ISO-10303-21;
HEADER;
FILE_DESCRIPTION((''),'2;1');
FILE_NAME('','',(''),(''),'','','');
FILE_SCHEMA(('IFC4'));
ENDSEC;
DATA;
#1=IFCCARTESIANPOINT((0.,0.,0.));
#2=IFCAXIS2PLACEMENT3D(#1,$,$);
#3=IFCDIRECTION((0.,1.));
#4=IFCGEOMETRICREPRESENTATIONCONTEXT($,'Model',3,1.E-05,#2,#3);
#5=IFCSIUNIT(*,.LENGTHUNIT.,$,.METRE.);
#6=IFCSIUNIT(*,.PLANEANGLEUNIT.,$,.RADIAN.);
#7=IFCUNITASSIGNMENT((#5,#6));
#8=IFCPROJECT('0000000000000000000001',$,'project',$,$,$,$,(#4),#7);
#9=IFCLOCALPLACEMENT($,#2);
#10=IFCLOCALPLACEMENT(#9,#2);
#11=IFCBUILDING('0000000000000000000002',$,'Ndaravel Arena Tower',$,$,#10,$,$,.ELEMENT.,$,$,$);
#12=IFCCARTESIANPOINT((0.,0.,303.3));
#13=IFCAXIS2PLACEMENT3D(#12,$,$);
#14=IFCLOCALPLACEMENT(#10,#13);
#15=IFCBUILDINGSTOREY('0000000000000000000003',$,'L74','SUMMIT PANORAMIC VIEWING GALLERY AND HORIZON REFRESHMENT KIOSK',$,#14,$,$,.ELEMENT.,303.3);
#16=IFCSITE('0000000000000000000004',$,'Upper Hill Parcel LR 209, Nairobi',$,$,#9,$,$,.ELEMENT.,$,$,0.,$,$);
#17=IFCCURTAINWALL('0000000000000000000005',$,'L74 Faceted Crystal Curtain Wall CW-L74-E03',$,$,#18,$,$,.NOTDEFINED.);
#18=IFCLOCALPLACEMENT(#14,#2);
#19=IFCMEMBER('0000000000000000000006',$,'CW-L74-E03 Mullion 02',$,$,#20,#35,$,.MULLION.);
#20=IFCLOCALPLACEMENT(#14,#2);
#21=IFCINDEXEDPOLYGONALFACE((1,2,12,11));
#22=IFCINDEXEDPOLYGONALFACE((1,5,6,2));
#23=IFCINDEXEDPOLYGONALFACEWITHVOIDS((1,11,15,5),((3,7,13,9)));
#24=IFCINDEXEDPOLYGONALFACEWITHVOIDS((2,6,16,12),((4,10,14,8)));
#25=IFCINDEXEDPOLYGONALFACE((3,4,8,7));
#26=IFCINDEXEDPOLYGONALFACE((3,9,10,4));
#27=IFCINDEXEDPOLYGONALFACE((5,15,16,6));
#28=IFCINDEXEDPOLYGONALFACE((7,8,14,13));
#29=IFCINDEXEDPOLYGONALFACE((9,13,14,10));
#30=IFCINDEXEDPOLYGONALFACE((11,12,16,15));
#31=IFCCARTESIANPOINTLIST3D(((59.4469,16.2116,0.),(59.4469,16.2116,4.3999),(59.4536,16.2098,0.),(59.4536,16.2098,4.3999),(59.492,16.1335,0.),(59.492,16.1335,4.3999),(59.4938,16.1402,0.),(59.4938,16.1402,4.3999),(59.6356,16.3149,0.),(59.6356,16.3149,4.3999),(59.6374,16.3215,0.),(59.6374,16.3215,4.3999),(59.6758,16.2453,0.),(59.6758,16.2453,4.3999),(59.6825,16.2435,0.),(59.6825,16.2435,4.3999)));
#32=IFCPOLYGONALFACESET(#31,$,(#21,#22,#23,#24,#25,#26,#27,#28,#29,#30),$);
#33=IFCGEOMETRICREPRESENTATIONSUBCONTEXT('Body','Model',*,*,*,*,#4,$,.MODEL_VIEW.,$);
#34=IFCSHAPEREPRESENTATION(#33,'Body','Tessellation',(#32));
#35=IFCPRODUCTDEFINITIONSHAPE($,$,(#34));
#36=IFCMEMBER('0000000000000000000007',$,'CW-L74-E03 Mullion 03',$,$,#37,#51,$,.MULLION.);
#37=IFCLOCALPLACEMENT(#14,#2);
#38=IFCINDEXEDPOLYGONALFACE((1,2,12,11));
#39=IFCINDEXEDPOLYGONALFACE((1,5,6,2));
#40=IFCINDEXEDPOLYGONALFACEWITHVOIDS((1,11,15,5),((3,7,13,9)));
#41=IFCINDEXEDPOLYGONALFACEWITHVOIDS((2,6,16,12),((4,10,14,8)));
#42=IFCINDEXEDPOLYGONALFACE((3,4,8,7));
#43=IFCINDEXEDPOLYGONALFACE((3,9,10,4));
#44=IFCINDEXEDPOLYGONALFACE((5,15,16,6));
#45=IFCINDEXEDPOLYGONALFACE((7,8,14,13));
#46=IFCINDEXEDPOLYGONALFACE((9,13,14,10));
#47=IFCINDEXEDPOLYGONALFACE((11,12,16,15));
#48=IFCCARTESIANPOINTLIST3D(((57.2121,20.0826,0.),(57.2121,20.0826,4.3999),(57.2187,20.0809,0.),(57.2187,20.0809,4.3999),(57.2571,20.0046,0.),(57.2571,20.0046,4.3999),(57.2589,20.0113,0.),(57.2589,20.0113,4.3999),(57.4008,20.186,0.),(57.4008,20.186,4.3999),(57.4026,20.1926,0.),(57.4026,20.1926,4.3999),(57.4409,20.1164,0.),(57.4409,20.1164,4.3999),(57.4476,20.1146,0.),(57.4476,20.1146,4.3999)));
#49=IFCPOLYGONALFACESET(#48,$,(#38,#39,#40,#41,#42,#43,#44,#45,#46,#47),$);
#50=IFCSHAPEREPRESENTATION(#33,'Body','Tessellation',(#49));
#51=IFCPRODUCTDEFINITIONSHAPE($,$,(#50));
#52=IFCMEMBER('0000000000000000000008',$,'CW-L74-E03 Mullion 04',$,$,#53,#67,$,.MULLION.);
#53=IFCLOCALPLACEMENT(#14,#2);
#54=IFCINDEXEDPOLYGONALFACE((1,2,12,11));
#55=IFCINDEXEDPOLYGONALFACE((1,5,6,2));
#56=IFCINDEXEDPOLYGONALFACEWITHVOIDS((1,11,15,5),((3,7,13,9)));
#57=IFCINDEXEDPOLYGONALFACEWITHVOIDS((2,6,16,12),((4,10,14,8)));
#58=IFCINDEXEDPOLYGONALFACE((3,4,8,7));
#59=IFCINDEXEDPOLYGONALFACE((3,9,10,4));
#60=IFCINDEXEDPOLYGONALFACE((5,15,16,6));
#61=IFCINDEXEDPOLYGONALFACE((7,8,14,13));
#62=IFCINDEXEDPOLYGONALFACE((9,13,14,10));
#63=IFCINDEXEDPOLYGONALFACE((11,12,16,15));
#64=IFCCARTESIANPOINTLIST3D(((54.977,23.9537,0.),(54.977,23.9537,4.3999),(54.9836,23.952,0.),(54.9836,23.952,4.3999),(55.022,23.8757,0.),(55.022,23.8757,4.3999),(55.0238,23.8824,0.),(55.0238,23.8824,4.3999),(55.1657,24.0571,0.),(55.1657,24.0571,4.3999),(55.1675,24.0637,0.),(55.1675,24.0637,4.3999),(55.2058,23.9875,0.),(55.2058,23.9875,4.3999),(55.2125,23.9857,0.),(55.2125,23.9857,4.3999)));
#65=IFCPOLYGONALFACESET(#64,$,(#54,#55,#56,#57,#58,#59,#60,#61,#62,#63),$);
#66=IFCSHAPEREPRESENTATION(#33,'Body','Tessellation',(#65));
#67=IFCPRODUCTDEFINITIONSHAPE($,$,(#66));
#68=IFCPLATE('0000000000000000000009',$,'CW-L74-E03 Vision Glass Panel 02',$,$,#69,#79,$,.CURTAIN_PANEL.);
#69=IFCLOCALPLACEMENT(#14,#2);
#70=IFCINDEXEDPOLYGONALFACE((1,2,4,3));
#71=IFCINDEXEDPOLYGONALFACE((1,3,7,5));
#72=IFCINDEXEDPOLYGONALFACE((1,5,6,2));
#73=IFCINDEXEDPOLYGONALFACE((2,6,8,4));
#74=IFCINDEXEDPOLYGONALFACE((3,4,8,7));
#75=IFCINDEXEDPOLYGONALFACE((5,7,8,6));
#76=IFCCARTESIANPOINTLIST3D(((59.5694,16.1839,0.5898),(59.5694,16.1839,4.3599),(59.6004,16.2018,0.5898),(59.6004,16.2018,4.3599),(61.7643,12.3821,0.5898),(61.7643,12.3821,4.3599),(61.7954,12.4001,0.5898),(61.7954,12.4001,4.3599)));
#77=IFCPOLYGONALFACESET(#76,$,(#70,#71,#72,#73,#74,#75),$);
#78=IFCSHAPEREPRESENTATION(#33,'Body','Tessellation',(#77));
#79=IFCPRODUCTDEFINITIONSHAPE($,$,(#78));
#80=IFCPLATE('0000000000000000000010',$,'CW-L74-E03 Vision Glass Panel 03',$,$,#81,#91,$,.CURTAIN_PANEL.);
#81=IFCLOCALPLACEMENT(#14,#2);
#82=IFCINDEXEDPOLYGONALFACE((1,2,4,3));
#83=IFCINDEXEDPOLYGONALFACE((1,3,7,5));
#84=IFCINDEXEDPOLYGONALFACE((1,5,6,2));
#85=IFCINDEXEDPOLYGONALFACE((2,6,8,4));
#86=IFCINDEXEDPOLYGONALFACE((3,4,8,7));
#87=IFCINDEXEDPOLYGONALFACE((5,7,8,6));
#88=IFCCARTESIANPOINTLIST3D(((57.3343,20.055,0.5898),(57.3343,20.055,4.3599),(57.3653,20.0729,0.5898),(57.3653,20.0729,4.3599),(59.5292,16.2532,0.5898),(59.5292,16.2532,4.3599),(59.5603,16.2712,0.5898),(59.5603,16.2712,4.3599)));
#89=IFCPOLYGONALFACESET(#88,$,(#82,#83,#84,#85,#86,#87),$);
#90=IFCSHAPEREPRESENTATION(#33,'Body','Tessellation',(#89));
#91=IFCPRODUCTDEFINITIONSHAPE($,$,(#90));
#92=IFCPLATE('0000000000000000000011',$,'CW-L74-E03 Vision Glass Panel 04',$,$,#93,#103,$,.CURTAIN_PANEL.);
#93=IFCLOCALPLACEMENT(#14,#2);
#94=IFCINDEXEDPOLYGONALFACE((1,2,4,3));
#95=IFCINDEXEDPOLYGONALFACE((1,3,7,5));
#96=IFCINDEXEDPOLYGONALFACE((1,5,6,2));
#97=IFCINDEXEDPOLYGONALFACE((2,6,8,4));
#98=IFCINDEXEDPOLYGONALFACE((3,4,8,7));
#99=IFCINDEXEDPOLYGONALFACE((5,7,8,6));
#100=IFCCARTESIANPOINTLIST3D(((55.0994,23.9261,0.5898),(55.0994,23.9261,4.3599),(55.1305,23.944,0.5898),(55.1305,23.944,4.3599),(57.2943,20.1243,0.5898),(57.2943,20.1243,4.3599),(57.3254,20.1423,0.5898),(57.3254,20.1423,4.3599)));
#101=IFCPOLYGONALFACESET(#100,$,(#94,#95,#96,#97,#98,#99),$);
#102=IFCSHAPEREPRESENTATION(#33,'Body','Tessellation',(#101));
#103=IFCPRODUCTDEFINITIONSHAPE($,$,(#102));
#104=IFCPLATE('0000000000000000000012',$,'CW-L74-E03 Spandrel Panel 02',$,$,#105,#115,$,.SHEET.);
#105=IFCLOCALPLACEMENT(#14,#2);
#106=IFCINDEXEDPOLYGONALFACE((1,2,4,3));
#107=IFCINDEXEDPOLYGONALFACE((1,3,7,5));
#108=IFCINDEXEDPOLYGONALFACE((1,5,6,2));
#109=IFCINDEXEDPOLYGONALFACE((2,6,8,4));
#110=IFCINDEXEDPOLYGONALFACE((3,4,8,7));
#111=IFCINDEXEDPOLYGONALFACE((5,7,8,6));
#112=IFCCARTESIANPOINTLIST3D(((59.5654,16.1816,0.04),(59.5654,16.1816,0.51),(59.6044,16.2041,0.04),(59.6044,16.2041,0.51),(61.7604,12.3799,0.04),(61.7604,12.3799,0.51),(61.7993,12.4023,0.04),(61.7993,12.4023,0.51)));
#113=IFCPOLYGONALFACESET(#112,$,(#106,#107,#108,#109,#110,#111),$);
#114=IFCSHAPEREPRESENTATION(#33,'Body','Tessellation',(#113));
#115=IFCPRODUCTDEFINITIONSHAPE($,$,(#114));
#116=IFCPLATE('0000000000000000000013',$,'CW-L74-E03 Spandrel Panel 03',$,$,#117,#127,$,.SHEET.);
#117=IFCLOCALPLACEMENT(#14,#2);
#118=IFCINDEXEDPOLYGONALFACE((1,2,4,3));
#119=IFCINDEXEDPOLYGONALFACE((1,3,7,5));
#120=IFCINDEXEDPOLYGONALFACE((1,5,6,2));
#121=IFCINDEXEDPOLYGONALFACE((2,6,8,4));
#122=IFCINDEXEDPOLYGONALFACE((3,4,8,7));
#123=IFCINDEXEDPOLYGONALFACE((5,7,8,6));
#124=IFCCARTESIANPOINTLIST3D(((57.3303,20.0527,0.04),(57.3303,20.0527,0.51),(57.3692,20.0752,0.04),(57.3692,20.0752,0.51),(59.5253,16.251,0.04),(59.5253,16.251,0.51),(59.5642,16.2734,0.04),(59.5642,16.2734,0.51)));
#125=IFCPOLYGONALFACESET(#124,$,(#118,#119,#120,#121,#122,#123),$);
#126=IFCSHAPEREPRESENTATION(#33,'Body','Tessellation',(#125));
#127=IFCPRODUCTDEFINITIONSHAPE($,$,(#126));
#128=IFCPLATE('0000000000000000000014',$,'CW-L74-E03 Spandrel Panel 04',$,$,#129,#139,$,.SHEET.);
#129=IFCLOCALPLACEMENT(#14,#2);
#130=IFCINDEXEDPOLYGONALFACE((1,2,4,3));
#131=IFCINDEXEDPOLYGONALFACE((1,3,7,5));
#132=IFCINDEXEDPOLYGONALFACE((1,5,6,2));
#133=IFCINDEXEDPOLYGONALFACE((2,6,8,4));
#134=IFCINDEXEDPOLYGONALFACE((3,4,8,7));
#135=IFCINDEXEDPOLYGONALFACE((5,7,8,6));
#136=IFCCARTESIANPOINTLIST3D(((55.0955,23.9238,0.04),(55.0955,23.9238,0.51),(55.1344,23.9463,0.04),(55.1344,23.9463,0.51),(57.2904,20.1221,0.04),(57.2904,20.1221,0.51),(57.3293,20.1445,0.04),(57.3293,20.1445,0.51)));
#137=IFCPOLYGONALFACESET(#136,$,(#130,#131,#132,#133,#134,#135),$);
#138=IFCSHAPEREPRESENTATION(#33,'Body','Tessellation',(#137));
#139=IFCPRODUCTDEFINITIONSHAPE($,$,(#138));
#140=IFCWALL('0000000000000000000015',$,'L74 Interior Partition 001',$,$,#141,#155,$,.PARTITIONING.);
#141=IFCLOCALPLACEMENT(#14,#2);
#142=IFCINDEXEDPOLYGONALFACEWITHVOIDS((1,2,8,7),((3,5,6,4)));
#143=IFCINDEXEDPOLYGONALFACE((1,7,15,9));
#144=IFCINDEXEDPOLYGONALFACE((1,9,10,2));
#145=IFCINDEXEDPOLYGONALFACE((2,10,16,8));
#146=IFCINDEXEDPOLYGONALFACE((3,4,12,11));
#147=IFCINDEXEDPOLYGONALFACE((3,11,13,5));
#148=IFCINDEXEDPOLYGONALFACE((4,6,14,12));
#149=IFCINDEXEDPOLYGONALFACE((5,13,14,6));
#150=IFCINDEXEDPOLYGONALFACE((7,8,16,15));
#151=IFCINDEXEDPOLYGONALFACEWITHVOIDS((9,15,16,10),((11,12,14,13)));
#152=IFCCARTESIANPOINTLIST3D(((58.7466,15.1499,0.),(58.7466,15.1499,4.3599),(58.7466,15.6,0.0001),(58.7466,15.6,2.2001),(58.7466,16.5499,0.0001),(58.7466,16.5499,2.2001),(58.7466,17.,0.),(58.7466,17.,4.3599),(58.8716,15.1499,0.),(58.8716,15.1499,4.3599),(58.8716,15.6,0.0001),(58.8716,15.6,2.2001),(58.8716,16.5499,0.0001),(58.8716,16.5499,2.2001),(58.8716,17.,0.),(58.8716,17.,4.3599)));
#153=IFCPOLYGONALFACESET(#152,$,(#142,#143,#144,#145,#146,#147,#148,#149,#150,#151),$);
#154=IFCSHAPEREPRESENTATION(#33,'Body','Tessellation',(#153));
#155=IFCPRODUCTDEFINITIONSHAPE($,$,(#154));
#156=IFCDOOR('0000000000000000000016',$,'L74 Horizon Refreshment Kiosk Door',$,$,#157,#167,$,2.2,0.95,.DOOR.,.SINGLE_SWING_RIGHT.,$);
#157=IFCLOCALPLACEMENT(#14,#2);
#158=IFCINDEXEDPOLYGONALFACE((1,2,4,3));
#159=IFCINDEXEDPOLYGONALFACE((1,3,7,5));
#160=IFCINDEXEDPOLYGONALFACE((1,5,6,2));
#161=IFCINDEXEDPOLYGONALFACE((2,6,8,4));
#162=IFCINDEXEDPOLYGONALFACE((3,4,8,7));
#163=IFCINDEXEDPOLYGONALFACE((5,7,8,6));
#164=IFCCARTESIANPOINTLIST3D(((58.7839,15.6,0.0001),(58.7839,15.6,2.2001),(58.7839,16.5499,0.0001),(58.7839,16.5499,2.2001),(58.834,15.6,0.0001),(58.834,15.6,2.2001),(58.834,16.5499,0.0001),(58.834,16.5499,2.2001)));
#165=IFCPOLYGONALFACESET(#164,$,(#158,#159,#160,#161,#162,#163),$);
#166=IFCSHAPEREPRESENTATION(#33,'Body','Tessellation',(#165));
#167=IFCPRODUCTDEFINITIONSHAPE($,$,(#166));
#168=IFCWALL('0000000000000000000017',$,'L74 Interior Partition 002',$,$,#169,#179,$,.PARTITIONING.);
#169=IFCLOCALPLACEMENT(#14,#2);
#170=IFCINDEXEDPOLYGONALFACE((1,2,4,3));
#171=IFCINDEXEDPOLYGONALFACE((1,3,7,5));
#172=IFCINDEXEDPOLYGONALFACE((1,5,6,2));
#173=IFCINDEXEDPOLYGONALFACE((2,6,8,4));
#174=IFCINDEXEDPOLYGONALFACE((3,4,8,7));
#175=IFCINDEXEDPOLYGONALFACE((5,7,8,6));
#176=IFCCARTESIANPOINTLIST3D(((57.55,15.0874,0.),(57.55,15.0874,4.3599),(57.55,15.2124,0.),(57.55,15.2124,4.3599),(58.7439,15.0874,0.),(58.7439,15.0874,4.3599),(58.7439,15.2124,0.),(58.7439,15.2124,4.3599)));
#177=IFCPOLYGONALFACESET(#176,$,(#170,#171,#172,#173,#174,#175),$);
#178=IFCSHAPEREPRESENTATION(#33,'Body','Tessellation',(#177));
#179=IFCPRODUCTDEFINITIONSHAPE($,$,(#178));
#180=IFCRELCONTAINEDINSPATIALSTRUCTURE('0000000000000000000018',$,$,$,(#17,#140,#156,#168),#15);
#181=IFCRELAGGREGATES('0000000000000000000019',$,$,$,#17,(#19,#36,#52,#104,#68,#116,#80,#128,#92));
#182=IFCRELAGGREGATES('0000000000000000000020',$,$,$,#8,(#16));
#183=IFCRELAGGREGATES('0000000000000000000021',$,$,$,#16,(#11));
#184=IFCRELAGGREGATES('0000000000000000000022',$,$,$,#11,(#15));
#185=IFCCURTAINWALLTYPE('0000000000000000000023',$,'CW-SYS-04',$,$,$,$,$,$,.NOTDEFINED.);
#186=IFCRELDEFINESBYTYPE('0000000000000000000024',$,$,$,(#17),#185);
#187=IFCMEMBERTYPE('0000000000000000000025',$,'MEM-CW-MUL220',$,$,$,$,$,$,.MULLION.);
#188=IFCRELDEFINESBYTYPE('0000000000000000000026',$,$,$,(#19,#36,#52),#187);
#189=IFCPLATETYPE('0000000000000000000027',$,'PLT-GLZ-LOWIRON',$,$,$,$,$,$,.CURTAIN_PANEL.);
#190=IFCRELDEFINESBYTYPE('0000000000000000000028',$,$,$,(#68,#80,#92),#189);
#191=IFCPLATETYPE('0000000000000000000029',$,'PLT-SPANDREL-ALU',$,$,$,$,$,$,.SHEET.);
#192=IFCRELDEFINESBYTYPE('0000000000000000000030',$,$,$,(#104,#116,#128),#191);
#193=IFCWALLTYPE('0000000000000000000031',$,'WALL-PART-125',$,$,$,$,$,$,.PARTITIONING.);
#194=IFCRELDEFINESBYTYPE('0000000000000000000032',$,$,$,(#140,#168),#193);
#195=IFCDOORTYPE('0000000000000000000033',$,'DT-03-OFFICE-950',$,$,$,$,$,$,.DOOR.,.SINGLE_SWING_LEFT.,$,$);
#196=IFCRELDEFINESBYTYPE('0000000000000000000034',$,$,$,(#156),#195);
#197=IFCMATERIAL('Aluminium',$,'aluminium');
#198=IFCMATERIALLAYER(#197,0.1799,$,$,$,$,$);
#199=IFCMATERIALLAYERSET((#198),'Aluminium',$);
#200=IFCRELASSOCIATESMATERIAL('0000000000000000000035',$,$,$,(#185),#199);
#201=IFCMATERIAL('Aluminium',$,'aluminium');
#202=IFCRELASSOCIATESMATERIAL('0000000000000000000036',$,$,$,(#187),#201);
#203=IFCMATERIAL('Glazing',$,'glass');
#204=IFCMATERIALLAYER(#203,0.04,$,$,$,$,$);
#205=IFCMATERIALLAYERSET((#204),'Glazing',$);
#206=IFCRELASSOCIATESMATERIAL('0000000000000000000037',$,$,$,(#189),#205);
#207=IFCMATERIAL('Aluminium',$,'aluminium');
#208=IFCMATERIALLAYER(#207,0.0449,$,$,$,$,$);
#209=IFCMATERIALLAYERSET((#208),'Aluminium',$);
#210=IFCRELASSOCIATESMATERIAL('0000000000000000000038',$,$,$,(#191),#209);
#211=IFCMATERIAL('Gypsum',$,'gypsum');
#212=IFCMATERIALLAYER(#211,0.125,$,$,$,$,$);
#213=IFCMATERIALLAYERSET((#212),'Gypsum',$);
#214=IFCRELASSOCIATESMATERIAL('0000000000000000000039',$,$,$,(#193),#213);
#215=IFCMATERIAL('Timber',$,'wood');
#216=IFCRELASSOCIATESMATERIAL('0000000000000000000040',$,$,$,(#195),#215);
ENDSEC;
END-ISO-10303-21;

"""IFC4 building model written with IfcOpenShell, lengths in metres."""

from ifc_helpers import new_model, si_unit, direction, frame, frame_2d, origin, origin_2d, place, context, subcontext, project, spatial, rectangle, hollow_rectangle, extrude, material, layer, layer_set, material_profile, profile_set, type_object, element, fill, aggregate, save


model = new_model("IFC4")

# Units and contexts
model_context = context("Model", 3, precision=1e-05, world=origin(), true_north=direction((0.0, 1.0)))
body_context = subcontext(model_context, "Body", "Model", "MODEL_VIEW")
ifc_project = project(units=[si_unit("LENGTHUNIT", "METRE"), si_unit("PLANEANGLEUNIT", "RADIAN")], contexts=[model_context])

# Site, building, storey
site_placement = place(None, origin())
site = spatial("IfcSite", under=ifc_project, at=site_placement, Name="Upper Hill Parcel LR 209, Nairobi", CompositionType="ELEMENT", RefElevation=0.0)
building_placement = place(site_placement, origin())
building = spatial("IfcBuilding", under=site, at=building_placement, Name="Ndaravel Arena Tower", CompositionType="ELEMENT")
storey_placement = place(building_placement, frame((0.0, 0.0, 303.3)))
storey = spatial("IfcBuildingStorey", under=building, at=storey_placement, Name="L74", Description="SUMMIT PANORAMIC VIEWING GALLERY AND HORIZON REFRESHMENT KIOSK", CompositionType="ELEMENT", Elevation=303.3)

# Curtain wall, members, plates
ifc_material_1 = material(Name="Aluminium", Category="aluminium")
ifc_layer_1 = layer(ifc_material_1, 0.1799)
ifc_layer_set_1 = layer_set([ifc_layer_1], Name="Aluminium")
curtain_wall_type = type_object("IfcCurtainWallType", Name="CW-SYS-04", PredefinedType="NOTDEFINED", material=ifc_layer_set_1)
curtain_wall_placement = place(storey_placement, origin())
curtain_wall = element("IfcCurtainWall", 1, at=curtain_wall_placement, inside=storey, type_object=curtain_wall_type, Name="L74 Faceted Crystal Curtain Wall CW-L74-E03", PredefinedType="NOTDEFINED")
ifc_material_2 = material(Name="Aluminium", Category="aluminium")
ifc_material_profile = material_profile(ifc_material_2, hollow_rectangle(XDim=0.0901, YDim=0.22, WallThickness=0.0049, at=origin_2d()), Name="CW MULLION 90x220x5")
ifc_profile_set = profile_set([ifc_material_profile], Name="Aluminium")
member_type = type_object("IfcMemberType", Name="MEM-CW-MUL220", PredefinedType="MULLION", material=ifc_profile_set)
member_1_placement = place(storey_placement, frame((59.5647, 16.2275, 0.0), z_axis=(0.0, 0.0, 1.0), x_axis=(-0.5, 0.866025, 0.0)))
member_1 = element("IfcMember", 2, at=member_1_placement, type_object=member_type, Name="CW-L74-E03 Mullion 02", PredefinedType="MULLION", context=body_context, shape_type="SweptSolid", body=[
    extrude(hollow_rectangle(XDim=0.0901, YDim=0.22, WallThickness=0.0049, at=origin_2d()), origin(), (0.0, 0.0, 1.0), 4.3999),
])
member_2_placement = place(storey_placement, frame((57.3298, 20.0986, 0.0), z_axis=(0.0, 0.0, 1.0), x_axis=(-0.5, 0.866025, 0.0)))
member_2 = element("IfcMember", 3, at=member_2_placement, type_object=member_type, Name="CW-L74-E03 Mullion 03", PredefinedType="MULLION", context=body_context, shape_type="SweptSolid", body=[
    extrude(hollow_rectangle(XDim=0.0901, YDim=0.22, WallThickness=0.0049, at=origin_2d()), origin(), (0.0, 0.0, 1.0), 4.3999),
])
member_3_placement = place(storey_placement, frame((55.0947, 23.9697, 0.0), z_axis=(0.0, 0.0, 1.0), x_axis=(-0.5, 0.866025, 0.0)))
member_3 = element("IfcMember", 4, at=member_3_placement, type_object=member_type, Name="CW-L74-E03 Mullion 04", PredefinedType="MULLION", context=body_context, shape_type="SweptSolid", body=[
    extrude(hollow_rectangle(XDim=0.0901, YDim=0.22, WallThickness=0.0049, at=origin_2d()), origin(), (0.0, 0.0, 1.0), 4.3999),
])
ifc_material_3 = material(Name="Glazing", Category="glass")
ifc_layer_2 = layer(ifc_material_3, 0.04)
ifc_layer_set_2 = layer_set([ifc_layer_2], Name="Glazing")
plate_type_1 = type_object("IfcPlateType", Name="PLT-GLZ-LOWIRON", PredefinedType="CURTAIN_PANEL", material=ifc_layer_set_2)
plate_1_placement = place(storey_placement, frame((60.6824, 14.292, 0.5898), z_axis=(0.0, 0.0, 1.0), x_axis=(-0.5, 0.866025, 0.0)))
plate_1 = element("IfcPlate", 5, at=plate_1_placement, type_object=plate_type_1, Name="CW-L74-E03 Vision Glass Panel 02", PredefinedType="CURTAIN_PANEL", context=body_context, shape_type="SweptSolid", body=[
    extrude(rectangle(XDim=4.3899, YDim=0.0359, at=origin_2d()), origin(), (0.0, 0.0, 1.0), 3.77),
])
plate_2_placement = place(storey_placement, frame((58.4473, 18.1631, 0.5898), z_axis=(0.0, 0.0, 1.0), x_axis=(-0.5, 0.866025, 0.0)))
plate_2 = element("IfcPlate", 6, at=plate_2_placement, type_object=plate_type_1, Name="CW-L74-E03 Vision Glass Panel 03", PredefinedType="CURTAIN_PANEL", context=body_context, shape_type="SweptSolid", body=[
    extrude(rectangle(XDim=4.3899, YDim=0.0359, at=origin_2d()), origin(), (0.0, 0.0, 1.0), 3.77),
])
plate_3_placement = place(storey_placement, frame((56.2124, 22.0342, 0.5898), z_axis=(0.0, 0.0, 1.0), x_axis=(-0.5, 0.866025, 0.0)))
plate_3 = element("IfcPlate", 7, at=plate_3_placement, type_object=plate_type_1, Name="CW-L74-E03 Vision Glass Panel 04", PredefinedType="CURTAIN_PANEL", context=body_context, shape_type="SweptSolid", body=[
    extrude(rectangle(XDim=4.3899, YDim=0.0359, at=origin_2d()), origin(), (0.0, 0.0, 1.0), 3.77),
])
ifc_material_4 = material(Name="Aluminium", Category="aluminium")
ifc_layer_3 = layer(ifc_material_4, 0.0449)
ifc_layer_set_3 = layer_set([ifc_layer_3], Name="Aluminium")
plate_type_2 = type_object("IfcPlateType", Name="PLT-SPANDREL-ALU", PredefinedType="SHEET", material=ifc_layer_set_3)
plate_4_placement = place(storey_placement, frame((60.6824, 14.292, 0.04), z_axis=(0.0, 0.0, 1.0), x_axis=(-0.5, 0.866025, 0.0)))
plate_4 = element("IfcPlate", 8, at=plate_4_placement, type_object=plate_type_2, Name="CW-L74-E03 Spandrel Panel 02", PredefinedType="SHEET", context=body_context, shape_type="SweptSolid", body=[
    extrude(rectangle(XDim=4.3899, YDim=0.0449, at=origin_2d()), origin(), (0.0, 0.0, 1.0), 0.47),
])
plate_5_placement = place(storey_placement, frame((58.4473, 18.1631, 0.04), z_axis=(0.0, 0.0, 1.0), x_axis=(-0.5, 0.866025, 0.0)))
plate_5 = element("IfcPlate", 9, at=plate_5_placement, type_object=plate_type_2, Name="CW-L74-E03 Spandrel Panel 03", PredefinedType="SHEET", context=body_context, shape_type="SweptSolid", body=[
    extrude(rectangle(XDim=4.3899, YDim=0.0449, at=origin_2d()), origin(), (0.0, 0.0, 1.0), 0.47),
])
plate_6_placement = place(storey_placement, frame((56.2124, 22.0342, 0.04), z_axis=(0.0, 0.0, 1.0), x_axis=(-0.5, 0.866025, 0.0)))
plate_6 = element("IfcPlate", 10, at=plate_6_placement, type_object=plate_type_2, Name="CW-L74-E03 Spandrel Panel 04", PredefinedType="SHEET", context=body_context, shape_type="SweptSolid", body=[
    extrude(rectangle(XDim=4.3899, YDim=0.0449, at=origin_2d()), origin(), (0.0, 0.0, 1.0), 0.47),
])
aggregate(curtain_wall, [member_1, member_2, member_3, plate_4, plate_1, plate_5, plate_2, plate_6, plate_3])

# Wall, opening, door
ifc_material_5 = material(Name="Gypsum", Category="gypsum")
ifc_layer_4 = layer(ifc_material_5, 0.125)
ifc_layer_set_4 = layer_set([ifc_layer_4], Name="Gypsum")
wall_type_1 = type_object("IfcWallType", Name="WALL-PART-125", PredefinedType="PARTITIONING", material=ifc_layer_set_4)
wall_1_placement = place(storey_placement, frame((58.8091, 17.0, 0.0), z_axis=(0.0, 0.0, 1.0), x_axis=(0.0, -1.0, 0.0)))
wall_1 = element("IfcWall", 11, at=wall_1_placement, inside=storey, type_object=wall_type_1, Name="L74 Interior Partition 001", PredefinedType="PARTITIONING", context=body_context, shape_type="SweptSolid", body=[
    extrude(rectangle(XDim=1.8501, YDim=0.125, at=frame_2d((0.925, 0.0))), origin(), (0.0, 0.0, 1.0), 4.3599),
])
opening_placement = place(wall_1_placement, frame((0.45, 0.0, 0.0)))
opening = element("IfcOpeningElement", 12, at=opening_placement, cuts=wall_1, PredefinedType="OPENING", context=body_context, shape_type="SweptSolid", body=[
    extrude(rectangle(XDim=0.95, YDim=2.2, at=frame_2d((0.4751, 1.1001))), frame((0.0, 0.0625, 0.0), z_axis=(0.0, -1.0, 0.0), x_axis=(1.0, 0.0, 0.0)), (0.0, 0.0, 1.0), 0.125),
])
ifc_material_6 = material(Name="Timber", Category="wood")
door_type = type_object("IfcDoorType", Name="DT-03-OFFICE-950", OperationType="SINGLE_SWING_LEFT", PredefinedType="DOOR", material=ifc_material_6)
door_placement = place(opening_placement, origin())
door = element("IfcDoor", 13, at=door_placement, inside=storey, type_object=door_type, Name="L74 Horizon Refreshment Kiosk Door", OperationType="SINGLE_SWING_RIGHT", OverallHeight=2.2, OverallWidth=0.95, PredefinedType="DOOR", context=body_context, shape_type="SweptSolid", body=[
    extrude(rectangle(XDim=0.95, YDim=2.2, at=frame_2d((0.4751, 1.1001))), frame((0.0, 0.0249, 0.0), z_axis=(0.0, -1.0, 0.0), x_axis=(1.0, 0.0, 0.0)), (0.0, 0.0, 1.0), 0.05),
])
fill(opening, door)

# Wall
wall_2_placement = place(storey_placement, frame((58.7439, 15.1499, 0.0), z_axis=(0.0, 0.0, 1.0), x_axis=(-1.0, 0.0, 0.0)))
element("IfcWall", 14, at=wall_2_placement, inside=storey, type_object=wall_type_1, Name="L74 Interior Partition 002", PredefinedType="PARTITIONING", context=body_context, shape_type="SweptSolid", body=[
    extrude(rectangle(XDim=1.1938, YDim=0.125, at=frame_2d((0.5969, 0.0))), origin(), (0.0, 0.0, 1.0), 4.3599),
])

save(model, "model.ifc")
